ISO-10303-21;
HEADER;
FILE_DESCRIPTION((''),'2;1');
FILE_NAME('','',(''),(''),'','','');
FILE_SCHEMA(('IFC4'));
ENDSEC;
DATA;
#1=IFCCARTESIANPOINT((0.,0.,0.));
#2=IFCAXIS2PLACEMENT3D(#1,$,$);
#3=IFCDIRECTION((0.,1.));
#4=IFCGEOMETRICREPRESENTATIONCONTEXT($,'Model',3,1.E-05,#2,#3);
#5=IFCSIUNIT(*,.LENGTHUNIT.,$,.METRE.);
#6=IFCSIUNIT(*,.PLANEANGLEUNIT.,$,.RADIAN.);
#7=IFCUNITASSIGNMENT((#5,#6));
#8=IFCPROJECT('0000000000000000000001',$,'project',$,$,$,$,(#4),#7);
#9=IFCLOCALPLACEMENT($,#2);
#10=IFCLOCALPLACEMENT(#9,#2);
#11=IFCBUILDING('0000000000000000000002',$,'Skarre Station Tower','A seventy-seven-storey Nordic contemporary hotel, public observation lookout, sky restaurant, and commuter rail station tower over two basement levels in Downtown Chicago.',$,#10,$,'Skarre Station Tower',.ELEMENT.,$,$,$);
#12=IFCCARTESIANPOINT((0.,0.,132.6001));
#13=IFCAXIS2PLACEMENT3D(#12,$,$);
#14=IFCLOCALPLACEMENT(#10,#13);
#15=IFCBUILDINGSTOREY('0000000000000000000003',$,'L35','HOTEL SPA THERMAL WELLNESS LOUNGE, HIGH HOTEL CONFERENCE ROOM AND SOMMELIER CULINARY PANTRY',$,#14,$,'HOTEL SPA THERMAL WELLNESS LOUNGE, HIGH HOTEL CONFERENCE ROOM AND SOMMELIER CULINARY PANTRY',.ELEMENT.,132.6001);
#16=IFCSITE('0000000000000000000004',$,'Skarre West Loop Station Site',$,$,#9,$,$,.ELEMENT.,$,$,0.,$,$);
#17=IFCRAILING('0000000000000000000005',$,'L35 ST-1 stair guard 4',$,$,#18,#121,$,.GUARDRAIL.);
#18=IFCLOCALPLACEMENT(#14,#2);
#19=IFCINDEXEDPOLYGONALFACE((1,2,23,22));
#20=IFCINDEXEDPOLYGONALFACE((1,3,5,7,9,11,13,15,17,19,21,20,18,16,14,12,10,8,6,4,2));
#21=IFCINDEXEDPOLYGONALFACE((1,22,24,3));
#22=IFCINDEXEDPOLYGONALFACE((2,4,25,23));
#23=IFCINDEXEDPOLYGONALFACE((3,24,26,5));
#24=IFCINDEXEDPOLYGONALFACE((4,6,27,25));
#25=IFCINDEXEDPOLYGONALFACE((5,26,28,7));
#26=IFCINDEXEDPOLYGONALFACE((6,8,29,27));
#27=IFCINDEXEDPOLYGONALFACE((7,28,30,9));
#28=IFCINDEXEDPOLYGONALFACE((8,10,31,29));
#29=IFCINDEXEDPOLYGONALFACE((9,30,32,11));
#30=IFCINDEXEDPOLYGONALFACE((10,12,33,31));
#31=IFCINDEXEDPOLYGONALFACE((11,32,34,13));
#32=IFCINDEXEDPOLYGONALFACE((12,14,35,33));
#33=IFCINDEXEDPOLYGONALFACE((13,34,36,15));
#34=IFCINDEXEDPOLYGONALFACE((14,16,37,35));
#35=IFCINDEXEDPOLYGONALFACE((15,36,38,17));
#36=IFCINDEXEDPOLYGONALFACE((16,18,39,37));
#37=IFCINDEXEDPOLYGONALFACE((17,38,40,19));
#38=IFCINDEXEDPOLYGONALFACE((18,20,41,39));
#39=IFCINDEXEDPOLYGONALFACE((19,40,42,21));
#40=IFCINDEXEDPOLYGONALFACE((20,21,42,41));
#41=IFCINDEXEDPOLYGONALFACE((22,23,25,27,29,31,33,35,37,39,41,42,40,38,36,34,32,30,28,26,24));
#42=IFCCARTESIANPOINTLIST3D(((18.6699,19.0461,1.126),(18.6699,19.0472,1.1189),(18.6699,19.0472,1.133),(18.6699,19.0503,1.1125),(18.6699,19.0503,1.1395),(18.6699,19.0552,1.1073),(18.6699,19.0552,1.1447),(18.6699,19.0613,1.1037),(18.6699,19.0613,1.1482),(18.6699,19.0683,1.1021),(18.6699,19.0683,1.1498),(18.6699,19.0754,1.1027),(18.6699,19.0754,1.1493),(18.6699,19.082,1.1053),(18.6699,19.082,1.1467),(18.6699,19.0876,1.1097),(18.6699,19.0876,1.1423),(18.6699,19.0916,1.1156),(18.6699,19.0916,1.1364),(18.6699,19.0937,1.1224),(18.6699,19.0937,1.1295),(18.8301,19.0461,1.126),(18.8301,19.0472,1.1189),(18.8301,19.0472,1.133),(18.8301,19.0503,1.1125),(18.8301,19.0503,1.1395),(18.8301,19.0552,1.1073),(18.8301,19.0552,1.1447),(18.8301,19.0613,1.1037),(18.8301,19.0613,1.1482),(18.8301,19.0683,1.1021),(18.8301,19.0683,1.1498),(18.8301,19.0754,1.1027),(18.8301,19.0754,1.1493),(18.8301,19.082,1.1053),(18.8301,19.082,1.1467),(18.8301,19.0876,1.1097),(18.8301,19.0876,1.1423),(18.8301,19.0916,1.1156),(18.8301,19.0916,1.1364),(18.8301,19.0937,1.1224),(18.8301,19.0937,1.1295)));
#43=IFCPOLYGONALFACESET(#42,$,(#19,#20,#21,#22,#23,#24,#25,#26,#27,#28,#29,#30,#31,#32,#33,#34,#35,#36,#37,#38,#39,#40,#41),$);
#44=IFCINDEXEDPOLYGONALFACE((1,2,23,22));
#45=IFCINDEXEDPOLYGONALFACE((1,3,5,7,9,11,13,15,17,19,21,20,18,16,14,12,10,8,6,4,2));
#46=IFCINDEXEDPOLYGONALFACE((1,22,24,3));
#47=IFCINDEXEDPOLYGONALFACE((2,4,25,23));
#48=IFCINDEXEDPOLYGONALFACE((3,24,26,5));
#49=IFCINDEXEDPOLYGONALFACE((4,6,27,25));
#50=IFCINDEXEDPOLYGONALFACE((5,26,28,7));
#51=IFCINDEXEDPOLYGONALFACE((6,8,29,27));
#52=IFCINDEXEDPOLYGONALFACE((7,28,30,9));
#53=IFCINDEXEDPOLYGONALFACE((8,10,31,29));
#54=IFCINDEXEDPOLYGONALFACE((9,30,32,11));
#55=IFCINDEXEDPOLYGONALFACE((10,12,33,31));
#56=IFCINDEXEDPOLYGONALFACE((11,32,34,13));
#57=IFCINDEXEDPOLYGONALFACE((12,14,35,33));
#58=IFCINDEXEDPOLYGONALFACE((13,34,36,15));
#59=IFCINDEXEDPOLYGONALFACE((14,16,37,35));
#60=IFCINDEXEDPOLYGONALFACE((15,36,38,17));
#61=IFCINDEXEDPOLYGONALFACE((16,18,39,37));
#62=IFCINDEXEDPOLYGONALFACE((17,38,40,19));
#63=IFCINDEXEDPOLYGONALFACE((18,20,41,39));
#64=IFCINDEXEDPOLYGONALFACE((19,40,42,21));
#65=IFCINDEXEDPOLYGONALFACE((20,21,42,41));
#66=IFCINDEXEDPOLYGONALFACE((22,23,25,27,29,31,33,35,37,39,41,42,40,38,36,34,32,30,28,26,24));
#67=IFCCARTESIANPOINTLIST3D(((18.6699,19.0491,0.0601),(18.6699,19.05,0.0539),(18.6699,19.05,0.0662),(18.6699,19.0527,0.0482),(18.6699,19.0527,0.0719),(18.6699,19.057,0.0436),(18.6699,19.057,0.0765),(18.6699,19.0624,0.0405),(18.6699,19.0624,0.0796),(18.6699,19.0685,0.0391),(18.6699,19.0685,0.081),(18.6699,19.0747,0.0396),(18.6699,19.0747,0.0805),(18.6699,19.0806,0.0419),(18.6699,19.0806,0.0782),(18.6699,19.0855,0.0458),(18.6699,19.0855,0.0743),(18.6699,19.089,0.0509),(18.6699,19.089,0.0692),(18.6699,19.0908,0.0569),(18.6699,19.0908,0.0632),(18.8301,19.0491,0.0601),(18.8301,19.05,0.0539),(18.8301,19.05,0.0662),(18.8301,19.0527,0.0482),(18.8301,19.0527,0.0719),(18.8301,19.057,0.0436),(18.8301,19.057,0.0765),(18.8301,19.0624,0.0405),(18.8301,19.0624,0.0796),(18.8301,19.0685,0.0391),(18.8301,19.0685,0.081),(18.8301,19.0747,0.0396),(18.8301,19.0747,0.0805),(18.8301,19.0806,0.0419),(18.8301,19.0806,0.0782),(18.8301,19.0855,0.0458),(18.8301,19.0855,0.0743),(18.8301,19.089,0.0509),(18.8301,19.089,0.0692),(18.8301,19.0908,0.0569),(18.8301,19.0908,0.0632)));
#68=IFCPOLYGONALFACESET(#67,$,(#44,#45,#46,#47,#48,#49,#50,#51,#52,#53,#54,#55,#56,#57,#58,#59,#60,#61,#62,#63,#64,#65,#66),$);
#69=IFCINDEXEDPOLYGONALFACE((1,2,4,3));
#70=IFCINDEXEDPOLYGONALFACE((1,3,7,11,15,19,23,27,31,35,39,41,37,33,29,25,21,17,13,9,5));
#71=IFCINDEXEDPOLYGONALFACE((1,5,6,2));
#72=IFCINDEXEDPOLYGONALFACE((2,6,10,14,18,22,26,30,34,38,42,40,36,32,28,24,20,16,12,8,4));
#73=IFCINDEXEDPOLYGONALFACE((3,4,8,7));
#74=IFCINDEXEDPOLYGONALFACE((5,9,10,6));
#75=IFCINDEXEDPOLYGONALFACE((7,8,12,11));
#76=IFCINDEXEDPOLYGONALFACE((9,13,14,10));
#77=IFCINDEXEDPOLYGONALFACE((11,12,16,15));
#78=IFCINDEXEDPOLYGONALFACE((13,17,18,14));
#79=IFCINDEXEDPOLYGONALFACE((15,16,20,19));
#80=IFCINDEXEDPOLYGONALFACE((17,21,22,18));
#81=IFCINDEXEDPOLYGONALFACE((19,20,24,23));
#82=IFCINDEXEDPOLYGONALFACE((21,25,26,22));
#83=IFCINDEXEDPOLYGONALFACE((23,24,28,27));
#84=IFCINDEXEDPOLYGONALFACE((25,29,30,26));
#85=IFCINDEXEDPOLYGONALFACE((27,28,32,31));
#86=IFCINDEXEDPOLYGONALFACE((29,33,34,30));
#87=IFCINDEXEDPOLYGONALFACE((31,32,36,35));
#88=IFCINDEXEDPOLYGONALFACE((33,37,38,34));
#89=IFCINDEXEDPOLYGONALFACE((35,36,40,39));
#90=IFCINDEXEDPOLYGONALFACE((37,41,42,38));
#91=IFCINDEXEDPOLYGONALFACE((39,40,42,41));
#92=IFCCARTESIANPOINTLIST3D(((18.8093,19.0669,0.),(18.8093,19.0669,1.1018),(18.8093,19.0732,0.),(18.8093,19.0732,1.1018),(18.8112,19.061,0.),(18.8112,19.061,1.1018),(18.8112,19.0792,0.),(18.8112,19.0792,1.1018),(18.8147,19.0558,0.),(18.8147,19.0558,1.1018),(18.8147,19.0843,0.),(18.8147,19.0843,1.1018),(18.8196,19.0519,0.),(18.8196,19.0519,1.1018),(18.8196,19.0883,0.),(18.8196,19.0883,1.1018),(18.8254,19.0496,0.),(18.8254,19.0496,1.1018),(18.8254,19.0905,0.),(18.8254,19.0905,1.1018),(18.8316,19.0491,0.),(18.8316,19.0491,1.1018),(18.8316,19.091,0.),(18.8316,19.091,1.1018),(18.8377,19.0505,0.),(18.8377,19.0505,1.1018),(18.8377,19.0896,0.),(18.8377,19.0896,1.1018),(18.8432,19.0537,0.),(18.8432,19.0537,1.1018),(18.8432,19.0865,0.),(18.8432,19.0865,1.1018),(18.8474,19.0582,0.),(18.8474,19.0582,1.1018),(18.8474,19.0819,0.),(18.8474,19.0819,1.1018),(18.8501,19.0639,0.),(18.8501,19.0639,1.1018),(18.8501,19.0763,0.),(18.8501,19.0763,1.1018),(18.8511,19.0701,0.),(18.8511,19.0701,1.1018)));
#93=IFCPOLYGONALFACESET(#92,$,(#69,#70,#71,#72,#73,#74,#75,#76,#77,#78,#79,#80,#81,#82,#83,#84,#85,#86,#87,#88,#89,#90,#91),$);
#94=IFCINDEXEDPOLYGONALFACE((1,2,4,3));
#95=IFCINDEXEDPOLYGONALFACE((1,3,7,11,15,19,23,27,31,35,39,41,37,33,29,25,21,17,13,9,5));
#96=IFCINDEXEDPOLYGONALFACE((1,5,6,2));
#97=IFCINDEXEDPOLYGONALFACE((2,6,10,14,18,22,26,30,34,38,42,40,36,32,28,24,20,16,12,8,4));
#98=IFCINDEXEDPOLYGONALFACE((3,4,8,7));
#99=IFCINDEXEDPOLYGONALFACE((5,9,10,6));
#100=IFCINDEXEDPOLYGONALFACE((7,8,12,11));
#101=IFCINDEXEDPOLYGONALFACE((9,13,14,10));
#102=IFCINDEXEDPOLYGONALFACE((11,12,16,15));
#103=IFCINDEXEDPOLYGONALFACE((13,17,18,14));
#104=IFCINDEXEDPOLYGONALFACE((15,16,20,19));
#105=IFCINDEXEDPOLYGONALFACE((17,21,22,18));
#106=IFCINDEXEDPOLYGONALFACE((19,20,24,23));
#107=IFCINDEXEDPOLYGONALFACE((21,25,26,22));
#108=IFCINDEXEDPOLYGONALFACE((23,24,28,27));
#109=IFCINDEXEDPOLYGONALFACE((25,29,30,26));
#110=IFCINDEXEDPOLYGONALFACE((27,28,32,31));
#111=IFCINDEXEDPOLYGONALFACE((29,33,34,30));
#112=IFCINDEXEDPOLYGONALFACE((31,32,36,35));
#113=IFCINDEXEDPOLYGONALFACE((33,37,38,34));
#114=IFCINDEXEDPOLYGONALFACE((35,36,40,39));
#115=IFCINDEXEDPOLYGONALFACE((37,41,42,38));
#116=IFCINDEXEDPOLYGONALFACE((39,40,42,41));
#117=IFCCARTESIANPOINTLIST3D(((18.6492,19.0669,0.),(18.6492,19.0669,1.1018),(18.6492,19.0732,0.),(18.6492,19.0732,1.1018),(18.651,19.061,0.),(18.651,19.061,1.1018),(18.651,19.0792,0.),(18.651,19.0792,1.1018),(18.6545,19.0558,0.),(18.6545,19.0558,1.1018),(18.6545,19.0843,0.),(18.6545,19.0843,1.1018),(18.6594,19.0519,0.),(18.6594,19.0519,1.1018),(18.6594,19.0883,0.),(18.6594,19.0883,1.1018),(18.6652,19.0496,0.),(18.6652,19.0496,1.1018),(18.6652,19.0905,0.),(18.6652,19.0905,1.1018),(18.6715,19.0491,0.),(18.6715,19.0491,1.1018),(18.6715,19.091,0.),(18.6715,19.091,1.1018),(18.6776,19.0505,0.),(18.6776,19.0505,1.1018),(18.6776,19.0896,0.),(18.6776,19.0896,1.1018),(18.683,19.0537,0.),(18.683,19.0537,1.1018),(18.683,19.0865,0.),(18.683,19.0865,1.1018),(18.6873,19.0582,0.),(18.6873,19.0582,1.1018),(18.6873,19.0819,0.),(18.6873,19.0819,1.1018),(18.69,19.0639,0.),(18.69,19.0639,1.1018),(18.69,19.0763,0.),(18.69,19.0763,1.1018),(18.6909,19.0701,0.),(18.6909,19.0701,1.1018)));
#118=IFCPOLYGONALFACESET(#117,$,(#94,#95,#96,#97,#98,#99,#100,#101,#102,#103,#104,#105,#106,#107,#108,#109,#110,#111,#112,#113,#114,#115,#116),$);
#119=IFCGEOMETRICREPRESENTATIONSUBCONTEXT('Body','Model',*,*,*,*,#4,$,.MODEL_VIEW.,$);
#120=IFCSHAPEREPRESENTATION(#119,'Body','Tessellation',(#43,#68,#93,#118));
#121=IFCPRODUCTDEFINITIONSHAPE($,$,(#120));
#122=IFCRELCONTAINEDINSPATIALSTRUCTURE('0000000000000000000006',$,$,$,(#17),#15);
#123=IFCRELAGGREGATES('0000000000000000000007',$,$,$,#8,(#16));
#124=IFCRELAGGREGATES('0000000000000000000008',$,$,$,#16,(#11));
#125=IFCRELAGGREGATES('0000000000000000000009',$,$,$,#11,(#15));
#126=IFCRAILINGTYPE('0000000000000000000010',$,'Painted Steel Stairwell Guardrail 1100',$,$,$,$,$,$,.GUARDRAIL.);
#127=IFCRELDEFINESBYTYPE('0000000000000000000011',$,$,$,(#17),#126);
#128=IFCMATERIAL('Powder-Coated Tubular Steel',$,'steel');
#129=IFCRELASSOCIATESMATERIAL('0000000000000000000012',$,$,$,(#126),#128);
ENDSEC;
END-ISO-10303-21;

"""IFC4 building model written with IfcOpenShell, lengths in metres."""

from ifc_helpers import new_model, si_unit, direction, frame, origin, origin_2d, place, context, subcontext, project, spatial, circle, extrude, material, type_object, element, save


model = new_model("IFC4")

# Units and contexts
model_context = context("Model", 3, precision=1e-05, world=origin(), true_north=direction((0.0, 1.0)))
body_context = subcontext(model_context, "Body", "Model", "MODEL_VIEW")
ifc_project = project(units=[si_unit("LENGTHUNIT", "METRE"), si_unit("PLANEANGLEUNIT", "RADIAN")], contexts=[model_context])

# Site, building, storey
site_placement = place(None, origin())
site = spatial("IfcSite", under=ifc_project, at=site_placement, Name="Skarre West Loop Station Site", CompositionType="ELEMENT", RefElevation=0.0)
building_placement = place(site_placement, origin())
building = spatial("IfcBuilding", under=site, at=building_placement, Name="Skarre Station Tower", Description="A seventy-seven-storey Nordic contemporary hotel, public observation lookout, sky restaurant, and commuter rail station tower over two basement levels in Downtown Chicago.", LongName="Skarre Station Tower", CompositionType="ELEMENT")
storey_placement = place(building_placement, frame((0.0, 0.0, 132.6001)))
storey = spatial("IfcBuildingStorey", under=building, at=storey_placement, Name="L35", Description="HOTEL SPA THERMAL WELLNESS LOUNGE, HIGH HOTEL CONFERENCE ROOM AND SOMMELIER CULINARY PANTRY", LongName="HOTEL SPA THERMAL WELLNESS LOUNGE, HIGH HOTEL CONFERENCE ROOM AND SOMMELIER CULINARY PANTRY", CompositionType="ELEMENT", Elevation=132.6001)

# Railing
ifc_material_1 = material(Name="Powder-Coated Tubular Steel", Category="steel")
railing_type_1 = type_object("IfcRailingType", Name="Painted Steel Stairwell Guardrail 1100", PredefinedType="GUARDRAIL", material=ifc_material_1)
railing_1_placement = place(storey_placement, frame((18.8301, 19.0701, 0.0)))
element("IfcRailing", 1, at=railing_1_placement, inside=storey, type_object=railing_type_1, Name="L35 ST-1 stair guard 4", PredefinedType="GUARDRAIL", context=body_context, shape_type="SweptSolid", body=[
    extrude(circle(Radius=0.0239, at=origin_2d()), frame((0.0, 0.0, 1.126), z_axis=(-1.0, 0.0, 0.0), x_axis=(0.0, -1.0, 0.0)), (0.0, 0.0, 1.0), 0.1602),
    extrude(circle(Radius=0.021, at=origin_2d()), frame((0.0, 0.0, 0.0601), z_axis=(-1.0, 0.0, 0.0), x_axis=(0.0, -1.0, 0.0)), (0.0, 0.0, 1.0), 0.1602),
    extrude(circle(Radius=0.021, at=origin_2d()), origin(), (0.0, 0.0, 1.0), 1.1018),
    extrude(circle(Radius=0.021, at=origin_2d()), frame((-0.1602, 0.0, 0.0)), (0.0, 0.0, 1.0), 1.1018),
])

save(model, "model.ifc")
